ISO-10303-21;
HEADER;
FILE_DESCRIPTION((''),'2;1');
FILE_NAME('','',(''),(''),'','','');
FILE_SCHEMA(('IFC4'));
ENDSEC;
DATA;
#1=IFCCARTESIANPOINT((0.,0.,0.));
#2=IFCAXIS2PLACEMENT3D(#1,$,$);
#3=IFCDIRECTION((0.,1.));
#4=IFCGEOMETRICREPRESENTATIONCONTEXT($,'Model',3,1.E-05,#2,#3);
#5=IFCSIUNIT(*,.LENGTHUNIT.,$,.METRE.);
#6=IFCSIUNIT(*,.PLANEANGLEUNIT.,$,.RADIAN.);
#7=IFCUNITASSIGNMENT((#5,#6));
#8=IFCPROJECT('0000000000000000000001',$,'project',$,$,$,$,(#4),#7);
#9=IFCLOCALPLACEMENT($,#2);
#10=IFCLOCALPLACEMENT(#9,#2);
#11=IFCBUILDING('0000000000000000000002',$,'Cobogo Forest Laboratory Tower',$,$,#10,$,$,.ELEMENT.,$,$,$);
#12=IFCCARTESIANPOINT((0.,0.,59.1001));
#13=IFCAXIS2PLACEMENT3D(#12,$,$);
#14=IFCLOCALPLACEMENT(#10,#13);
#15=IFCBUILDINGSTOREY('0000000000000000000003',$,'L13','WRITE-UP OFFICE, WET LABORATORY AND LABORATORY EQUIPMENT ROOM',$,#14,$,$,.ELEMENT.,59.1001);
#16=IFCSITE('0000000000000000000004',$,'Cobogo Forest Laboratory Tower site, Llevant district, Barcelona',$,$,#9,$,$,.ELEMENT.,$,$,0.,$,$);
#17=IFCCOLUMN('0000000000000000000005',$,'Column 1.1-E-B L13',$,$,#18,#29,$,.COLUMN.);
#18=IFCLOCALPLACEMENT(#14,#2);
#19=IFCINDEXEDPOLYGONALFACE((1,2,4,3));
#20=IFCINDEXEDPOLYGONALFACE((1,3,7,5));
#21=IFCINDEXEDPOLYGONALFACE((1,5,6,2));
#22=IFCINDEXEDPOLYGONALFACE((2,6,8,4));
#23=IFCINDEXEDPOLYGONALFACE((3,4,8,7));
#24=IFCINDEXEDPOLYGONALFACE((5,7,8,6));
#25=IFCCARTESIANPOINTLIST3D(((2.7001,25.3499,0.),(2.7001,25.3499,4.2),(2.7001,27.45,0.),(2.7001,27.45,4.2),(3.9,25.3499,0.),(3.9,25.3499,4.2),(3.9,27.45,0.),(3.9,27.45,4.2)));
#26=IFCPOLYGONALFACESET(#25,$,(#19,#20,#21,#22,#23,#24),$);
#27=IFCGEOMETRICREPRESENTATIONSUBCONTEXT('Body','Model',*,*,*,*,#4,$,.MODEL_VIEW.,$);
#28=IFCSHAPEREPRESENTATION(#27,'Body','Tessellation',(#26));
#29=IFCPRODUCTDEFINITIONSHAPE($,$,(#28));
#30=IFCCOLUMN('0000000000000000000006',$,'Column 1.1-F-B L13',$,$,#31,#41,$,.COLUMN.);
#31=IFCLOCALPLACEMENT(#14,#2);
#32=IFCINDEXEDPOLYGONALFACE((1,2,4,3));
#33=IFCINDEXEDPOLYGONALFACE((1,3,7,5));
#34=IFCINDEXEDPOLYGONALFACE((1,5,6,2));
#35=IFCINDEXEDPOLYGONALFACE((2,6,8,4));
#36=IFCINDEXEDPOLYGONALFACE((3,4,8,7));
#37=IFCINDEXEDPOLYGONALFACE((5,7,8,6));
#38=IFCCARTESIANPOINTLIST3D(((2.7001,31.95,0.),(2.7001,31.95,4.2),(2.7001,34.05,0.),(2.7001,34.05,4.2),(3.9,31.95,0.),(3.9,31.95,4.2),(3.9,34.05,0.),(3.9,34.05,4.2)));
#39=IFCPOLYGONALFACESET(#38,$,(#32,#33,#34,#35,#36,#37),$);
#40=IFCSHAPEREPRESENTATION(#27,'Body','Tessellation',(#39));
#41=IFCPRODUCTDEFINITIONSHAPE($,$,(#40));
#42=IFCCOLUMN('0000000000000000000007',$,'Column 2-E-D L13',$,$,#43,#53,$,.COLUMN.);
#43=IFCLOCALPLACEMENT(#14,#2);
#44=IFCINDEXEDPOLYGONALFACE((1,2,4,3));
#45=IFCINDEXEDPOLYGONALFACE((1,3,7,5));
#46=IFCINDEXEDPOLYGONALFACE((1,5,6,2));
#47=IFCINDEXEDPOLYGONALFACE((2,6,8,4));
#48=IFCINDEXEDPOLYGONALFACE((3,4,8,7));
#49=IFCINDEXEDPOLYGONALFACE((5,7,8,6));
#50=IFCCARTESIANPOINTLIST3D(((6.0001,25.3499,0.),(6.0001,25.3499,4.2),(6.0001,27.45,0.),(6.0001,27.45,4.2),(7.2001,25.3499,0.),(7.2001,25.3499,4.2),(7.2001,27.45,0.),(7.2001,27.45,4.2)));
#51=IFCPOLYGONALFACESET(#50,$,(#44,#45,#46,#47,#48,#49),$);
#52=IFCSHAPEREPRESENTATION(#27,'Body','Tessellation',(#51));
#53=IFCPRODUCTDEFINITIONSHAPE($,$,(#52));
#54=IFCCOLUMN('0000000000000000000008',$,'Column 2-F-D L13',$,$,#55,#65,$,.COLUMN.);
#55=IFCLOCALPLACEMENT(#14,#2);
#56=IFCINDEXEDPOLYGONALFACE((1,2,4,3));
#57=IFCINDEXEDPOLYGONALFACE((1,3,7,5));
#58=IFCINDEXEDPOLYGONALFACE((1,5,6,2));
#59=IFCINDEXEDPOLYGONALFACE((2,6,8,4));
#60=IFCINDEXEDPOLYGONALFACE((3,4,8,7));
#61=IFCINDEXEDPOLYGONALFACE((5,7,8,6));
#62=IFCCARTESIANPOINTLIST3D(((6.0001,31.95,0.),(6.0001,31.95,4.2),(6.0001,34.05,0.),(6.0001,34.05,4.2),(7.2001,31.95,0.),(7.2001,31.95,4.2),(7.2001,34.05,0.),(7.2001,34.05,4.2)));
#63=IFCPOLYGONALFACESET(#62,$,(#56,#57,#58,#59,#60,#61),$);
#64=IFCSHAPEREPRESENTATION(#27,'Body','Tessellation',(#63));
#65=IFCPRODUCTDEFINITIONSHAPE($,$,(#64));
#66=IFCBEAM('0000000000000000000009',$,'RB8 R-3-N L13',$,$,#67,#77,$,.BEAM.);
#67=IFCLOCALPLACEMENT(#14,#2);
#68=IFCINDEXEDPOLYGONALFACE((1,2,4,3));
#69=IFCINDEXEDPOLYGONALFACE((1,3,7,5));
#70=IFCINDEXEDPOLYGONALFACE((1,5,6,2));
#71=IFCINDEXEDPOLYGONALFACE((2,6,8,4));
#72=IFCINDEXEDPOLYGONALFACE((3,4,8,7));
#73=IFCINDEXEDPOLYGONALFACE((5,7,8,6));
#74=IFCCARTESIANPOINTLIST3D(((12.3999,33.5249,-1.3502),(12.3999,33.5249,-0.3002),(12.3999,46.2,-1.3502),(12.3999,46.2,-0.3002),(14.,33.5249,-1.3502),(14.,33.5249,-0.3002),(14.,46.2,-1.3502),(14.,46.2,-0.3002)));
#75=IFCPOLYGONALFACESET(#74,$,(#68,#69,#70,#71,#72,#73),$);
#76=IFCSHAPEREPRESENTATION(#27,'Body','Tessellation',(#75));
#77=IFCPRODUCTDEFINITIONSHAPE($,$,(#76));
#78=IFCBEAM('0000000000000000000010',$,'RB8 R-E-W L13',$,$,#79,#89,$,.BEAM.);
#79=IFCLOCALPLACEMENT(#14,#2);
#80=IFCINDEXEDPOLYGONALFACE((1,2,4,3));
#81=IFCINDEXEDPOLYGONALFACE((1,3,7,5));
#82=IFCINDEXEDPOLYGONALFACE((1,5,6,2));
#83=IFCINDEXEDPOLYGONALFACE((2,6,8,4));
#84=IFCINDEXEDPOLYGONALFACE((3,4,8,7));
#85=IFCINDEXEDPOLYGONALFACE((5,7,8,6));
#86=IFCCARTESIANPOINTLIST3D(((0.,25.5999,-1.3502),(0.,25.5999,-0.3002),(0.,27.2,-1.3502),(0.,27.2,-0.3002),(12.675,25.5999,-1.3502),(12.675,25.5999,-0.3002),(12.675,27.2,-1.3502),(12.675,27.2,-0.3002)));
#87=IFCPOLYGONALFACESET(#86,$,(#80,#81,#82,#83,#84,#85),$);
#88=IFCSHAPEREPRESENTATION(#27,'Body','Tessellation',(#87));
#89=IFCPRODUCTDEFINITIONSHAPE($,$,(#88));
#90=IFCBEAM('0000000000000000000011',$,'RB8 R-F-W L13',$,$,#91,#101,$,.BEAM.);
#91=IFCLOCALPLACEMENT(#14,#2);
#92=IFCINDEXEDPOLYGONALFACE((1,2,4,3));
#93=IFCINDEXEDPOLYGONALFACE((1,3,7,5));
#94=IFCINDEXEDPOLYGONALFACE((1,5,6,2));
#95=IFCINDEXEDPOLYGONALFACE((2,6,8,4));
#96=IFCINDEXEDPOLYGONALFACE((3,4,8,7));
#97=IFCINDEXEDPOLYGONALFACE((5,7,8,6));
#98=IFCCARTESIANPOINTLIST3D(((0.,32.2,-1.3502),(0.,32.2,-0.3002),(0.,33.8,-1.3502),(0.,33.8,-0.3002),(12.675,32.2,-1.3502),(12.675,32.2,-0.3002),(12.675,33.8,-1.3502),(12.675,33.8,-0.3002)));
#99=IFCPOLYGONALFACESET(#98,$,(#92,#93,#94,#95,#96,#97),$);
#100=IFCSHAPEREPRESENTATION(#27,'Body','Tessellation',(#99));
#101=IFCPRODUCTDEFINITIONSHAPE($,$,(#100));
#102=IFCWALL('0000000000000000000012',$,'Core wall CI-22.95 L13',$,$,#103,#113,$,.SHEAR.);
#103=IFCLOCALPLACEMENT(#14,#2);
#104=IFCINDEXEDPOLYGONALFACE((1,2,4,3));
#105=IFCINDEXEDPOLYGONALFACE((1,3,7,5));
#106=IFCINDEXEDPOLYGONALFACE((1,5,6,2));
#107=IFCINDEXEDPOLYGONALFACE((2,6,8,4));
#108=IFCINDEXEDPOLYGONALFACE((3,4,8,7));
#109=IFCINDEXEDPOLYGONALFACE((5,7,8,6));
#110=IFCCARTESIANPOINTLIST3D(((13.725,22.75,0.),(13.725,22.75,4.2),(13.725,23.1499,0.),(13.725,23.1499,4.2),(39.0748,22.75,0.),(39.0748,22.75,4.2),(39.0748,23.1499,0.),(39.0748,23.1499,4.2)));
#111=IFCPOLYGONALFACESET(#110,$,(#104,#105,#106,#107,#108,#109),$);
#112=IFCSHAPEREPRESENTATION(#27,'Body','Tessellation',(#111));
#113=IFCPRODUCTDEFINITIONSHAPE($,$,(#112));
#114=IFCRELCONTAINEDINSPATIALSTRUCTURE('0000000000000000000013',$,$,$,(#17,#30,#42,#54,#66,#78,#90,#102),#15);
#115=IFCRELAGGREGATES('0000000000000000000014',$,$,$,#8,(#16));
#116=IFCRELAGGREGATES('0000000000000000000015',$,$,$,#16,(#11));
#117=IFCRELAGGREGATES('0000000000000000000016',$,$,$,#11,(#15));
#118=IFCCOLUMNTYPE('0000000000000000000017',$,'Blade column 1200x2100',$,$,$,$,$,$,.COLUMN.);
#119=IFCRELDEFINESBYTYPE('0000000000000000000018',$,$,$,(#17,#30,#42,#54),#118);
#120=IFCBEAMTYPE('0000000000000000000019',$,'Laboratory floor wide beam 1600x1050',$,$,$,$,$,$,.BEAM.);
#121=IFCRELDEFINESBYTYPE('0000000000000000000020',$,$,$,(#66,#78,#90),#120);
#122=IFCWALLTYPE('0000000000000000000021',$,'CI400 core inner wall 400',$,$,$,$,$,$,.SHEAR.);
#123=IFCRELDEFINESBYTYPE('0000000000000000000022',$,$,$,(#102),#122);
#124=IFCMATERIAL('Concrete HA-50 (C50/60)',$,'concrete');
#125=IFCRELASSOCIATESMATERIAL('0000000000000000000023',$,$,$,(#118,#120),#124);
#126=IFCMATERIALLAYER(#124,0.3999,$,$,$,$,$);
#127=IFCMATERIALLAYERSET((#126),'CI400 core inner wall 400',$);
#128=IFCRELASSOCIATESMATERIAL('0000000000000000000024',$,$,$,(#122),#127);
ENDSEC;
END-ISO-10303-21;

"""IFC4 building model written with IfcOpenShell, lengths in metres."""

from ifc_helpers import new_model, si_unit, direction, frame, frame_2d, origin, origin_2d, place, context, subcontext, project, spatial, rectangle, extrude, material, layer, layer_set, material_profile, profile_set, type_object, element, save


model = new_model("IFC4")

# Units and contexts
model_context = context("Model", 3, precision=1e-05, world=origin(), true_north=direction((0.0, 1.0)))
body_context = subcontext(model_context, "Body", "Model", "MODEL_VIEW")
ifc_project = project(units=[si_unit("LENGTHUNIT", "METRE"), si_unit("PLANEANGLEUNIT", "RADIAN")], contexts=[model_context])

# Site, building, storey
site_placement = place(None, origin())
site = spatial("IfcSite", under=ifc_project, at=site_placement, Name="Cobogo Forest Laboratory Tower site, Llevant district, Barcelona", CompositionType="ELEMENT", RefElevation=0.0)
building_placement = place(site_placement, origin())
building = spatial("IfcBuilding", under=site, at=building_placement, Name="Cobogo Forest Laboratory Tower", CompositionType="ELEMENT")
storey_placement = place(building_placement, frame((0.0, 0.0, 59.1001)))
storey = spatial("IfcBuildingStorey", under=building, at=storey_placement, Name="L13", Description="WRITE-UP OFFICE, WET LABORATORY AND LABORATORY EQUIPMENT ROOM", CompositionType="ELEMENT", Elevation=59.1001)

# Columns
ifc_material_1 = material(Name="Concrete HA-50 (C50/60)", Category="concrete")
ifc_material_profile_1 = material_profile(ifc_material_1, rectangle(XDim=2.1001, YDim=1.2, at=origin_2d()), Name="RC 1200x2100")
ifc_profile_set_1 = profile_set([ifc_material_profile_1], Name="Concrete HA-50 (C50/60)")
column_type = type_object("IfcColumnType", Name="Blade column 1200x2100", PredefinedType="COLUMN", material=ifc_profile_set_1)
for number, where, z_axis, x_axis, name in (
    (1, (3.3, 26.3999, 0.0), (0.0, 0.0, 1.0), (0.0, 1.0, 0.0), "Column 1.1-E-B L13"),
    (2, (3.3, 33.0, 0.0), (0.0, 0.0, 1.0), (0.0, 1.0, 0.0), "Column 1.1-F-B L13"),
    (3, (6.6001, 26.3999, 0.0), (0.0, 0.0, 1.0), (0.0, 1.0, 0.0), "Column 2-E-D L13"),
    (4, (6.6001, 33.0, 0.0), (0.0, 0.0, 1.0), (0.0, 1.0, 0.0), "Column 2-F-D L13"),
):
    element("IfcColumn", number, at=place(storey_placement, frame(where, z_axis=z_axis, x_axis=x_axis)), inside=storey, type_object=column_type, Name=name, PredefinedType="COLUMN", context=body_context, shape_type="SweptSolid", body=[
        extrude(rectangle(XDim=2.1001, YDim=1.2, at=origin_2d()), origin(), (0.0, 0.0, 1.0), 4.2),
    ])

# Beams
ifc_material_profile_2 = material_profile(ifc_material_1, rectangle(XDim=1.6001, YDim=1.05, at=origin_2d()), Name="RC 1600x1050")
ifc_profile_set_2 = profile_set([ifc_material_profile_2], Name="Concrete HA-50 (C50/60)")
beam_type = type_object("IfcBeamType", Name="Laboratory floor wide beam 1600x1050", PredefinedType="BEAM", material=ifc_profile_set_2)
for number, where, z_axis, x_axis, name in (
    (5, (13.2, 33.5249, -0.8252), (0.0, 1.0, 0.0), (-1.0, 0.0, 0.0), "RB8 R-3-N L13"),
    (6, (12.675, 26.3999, -0.8252), (-1.0, 0.0, 0.0), (0.0, -1.0, 0.0), "RB8 R-E-W L13"),
    (7, (12.675, 33.0, -0.8252), (-1.0, 0.0, 0.0), (0.0, -1.0, 0.0), "RB8 R-F-W L13"),
):
    element("IfcBeam", number, at=place(storey_placement, frame(where, z_axis=z_axis, x_axis=x_axis)), inside=storey, type_object=beam_type, Name=name, PredefinedType="BEAM", context=body_context, shape_type="SweptSolid", body=[
        extrude(rectangle(XDim=1.6001, YDim=1.05, at=origin_2d()), origin(), (0.0, 0.0, 1.0), 12.675),
    ])

# Wall
ifc_layer_1 = layer(ifc_material_1, 0.3999)
ifc_layer_set_1 = layer_set([ifc_layer_1], Name="CI400 core inner wall 400")
wall_type_1 = type_object("IfcWallType", Name="CI400 core inner wall 400", PredefinedType="SHEAR", material=ifc_layer_set_1)
wall_1_placement = place(storey_placement, frame((13.7251, 22.95, 0.0), z_axis=(0.0, 0.0, 1.0), x_axis=(1.0, 0.0, 0.0)))
element("IfcWall", 8, at=wall_1_placement, inside=storey, type_object=wall_type_1, Name="Core wall CI-22.95 L13", PredefinedType="SHEAR", context=body_context, shape_type="SweptSolid", body=[
    extrude(rectangle(XDim=25.3499, YDim=0.3999, at=frame_2d((12.6748, 0.0))), origin(), (0.0, 0.0, 1.0), 4.2),
])

save(model, "model.ifc")
